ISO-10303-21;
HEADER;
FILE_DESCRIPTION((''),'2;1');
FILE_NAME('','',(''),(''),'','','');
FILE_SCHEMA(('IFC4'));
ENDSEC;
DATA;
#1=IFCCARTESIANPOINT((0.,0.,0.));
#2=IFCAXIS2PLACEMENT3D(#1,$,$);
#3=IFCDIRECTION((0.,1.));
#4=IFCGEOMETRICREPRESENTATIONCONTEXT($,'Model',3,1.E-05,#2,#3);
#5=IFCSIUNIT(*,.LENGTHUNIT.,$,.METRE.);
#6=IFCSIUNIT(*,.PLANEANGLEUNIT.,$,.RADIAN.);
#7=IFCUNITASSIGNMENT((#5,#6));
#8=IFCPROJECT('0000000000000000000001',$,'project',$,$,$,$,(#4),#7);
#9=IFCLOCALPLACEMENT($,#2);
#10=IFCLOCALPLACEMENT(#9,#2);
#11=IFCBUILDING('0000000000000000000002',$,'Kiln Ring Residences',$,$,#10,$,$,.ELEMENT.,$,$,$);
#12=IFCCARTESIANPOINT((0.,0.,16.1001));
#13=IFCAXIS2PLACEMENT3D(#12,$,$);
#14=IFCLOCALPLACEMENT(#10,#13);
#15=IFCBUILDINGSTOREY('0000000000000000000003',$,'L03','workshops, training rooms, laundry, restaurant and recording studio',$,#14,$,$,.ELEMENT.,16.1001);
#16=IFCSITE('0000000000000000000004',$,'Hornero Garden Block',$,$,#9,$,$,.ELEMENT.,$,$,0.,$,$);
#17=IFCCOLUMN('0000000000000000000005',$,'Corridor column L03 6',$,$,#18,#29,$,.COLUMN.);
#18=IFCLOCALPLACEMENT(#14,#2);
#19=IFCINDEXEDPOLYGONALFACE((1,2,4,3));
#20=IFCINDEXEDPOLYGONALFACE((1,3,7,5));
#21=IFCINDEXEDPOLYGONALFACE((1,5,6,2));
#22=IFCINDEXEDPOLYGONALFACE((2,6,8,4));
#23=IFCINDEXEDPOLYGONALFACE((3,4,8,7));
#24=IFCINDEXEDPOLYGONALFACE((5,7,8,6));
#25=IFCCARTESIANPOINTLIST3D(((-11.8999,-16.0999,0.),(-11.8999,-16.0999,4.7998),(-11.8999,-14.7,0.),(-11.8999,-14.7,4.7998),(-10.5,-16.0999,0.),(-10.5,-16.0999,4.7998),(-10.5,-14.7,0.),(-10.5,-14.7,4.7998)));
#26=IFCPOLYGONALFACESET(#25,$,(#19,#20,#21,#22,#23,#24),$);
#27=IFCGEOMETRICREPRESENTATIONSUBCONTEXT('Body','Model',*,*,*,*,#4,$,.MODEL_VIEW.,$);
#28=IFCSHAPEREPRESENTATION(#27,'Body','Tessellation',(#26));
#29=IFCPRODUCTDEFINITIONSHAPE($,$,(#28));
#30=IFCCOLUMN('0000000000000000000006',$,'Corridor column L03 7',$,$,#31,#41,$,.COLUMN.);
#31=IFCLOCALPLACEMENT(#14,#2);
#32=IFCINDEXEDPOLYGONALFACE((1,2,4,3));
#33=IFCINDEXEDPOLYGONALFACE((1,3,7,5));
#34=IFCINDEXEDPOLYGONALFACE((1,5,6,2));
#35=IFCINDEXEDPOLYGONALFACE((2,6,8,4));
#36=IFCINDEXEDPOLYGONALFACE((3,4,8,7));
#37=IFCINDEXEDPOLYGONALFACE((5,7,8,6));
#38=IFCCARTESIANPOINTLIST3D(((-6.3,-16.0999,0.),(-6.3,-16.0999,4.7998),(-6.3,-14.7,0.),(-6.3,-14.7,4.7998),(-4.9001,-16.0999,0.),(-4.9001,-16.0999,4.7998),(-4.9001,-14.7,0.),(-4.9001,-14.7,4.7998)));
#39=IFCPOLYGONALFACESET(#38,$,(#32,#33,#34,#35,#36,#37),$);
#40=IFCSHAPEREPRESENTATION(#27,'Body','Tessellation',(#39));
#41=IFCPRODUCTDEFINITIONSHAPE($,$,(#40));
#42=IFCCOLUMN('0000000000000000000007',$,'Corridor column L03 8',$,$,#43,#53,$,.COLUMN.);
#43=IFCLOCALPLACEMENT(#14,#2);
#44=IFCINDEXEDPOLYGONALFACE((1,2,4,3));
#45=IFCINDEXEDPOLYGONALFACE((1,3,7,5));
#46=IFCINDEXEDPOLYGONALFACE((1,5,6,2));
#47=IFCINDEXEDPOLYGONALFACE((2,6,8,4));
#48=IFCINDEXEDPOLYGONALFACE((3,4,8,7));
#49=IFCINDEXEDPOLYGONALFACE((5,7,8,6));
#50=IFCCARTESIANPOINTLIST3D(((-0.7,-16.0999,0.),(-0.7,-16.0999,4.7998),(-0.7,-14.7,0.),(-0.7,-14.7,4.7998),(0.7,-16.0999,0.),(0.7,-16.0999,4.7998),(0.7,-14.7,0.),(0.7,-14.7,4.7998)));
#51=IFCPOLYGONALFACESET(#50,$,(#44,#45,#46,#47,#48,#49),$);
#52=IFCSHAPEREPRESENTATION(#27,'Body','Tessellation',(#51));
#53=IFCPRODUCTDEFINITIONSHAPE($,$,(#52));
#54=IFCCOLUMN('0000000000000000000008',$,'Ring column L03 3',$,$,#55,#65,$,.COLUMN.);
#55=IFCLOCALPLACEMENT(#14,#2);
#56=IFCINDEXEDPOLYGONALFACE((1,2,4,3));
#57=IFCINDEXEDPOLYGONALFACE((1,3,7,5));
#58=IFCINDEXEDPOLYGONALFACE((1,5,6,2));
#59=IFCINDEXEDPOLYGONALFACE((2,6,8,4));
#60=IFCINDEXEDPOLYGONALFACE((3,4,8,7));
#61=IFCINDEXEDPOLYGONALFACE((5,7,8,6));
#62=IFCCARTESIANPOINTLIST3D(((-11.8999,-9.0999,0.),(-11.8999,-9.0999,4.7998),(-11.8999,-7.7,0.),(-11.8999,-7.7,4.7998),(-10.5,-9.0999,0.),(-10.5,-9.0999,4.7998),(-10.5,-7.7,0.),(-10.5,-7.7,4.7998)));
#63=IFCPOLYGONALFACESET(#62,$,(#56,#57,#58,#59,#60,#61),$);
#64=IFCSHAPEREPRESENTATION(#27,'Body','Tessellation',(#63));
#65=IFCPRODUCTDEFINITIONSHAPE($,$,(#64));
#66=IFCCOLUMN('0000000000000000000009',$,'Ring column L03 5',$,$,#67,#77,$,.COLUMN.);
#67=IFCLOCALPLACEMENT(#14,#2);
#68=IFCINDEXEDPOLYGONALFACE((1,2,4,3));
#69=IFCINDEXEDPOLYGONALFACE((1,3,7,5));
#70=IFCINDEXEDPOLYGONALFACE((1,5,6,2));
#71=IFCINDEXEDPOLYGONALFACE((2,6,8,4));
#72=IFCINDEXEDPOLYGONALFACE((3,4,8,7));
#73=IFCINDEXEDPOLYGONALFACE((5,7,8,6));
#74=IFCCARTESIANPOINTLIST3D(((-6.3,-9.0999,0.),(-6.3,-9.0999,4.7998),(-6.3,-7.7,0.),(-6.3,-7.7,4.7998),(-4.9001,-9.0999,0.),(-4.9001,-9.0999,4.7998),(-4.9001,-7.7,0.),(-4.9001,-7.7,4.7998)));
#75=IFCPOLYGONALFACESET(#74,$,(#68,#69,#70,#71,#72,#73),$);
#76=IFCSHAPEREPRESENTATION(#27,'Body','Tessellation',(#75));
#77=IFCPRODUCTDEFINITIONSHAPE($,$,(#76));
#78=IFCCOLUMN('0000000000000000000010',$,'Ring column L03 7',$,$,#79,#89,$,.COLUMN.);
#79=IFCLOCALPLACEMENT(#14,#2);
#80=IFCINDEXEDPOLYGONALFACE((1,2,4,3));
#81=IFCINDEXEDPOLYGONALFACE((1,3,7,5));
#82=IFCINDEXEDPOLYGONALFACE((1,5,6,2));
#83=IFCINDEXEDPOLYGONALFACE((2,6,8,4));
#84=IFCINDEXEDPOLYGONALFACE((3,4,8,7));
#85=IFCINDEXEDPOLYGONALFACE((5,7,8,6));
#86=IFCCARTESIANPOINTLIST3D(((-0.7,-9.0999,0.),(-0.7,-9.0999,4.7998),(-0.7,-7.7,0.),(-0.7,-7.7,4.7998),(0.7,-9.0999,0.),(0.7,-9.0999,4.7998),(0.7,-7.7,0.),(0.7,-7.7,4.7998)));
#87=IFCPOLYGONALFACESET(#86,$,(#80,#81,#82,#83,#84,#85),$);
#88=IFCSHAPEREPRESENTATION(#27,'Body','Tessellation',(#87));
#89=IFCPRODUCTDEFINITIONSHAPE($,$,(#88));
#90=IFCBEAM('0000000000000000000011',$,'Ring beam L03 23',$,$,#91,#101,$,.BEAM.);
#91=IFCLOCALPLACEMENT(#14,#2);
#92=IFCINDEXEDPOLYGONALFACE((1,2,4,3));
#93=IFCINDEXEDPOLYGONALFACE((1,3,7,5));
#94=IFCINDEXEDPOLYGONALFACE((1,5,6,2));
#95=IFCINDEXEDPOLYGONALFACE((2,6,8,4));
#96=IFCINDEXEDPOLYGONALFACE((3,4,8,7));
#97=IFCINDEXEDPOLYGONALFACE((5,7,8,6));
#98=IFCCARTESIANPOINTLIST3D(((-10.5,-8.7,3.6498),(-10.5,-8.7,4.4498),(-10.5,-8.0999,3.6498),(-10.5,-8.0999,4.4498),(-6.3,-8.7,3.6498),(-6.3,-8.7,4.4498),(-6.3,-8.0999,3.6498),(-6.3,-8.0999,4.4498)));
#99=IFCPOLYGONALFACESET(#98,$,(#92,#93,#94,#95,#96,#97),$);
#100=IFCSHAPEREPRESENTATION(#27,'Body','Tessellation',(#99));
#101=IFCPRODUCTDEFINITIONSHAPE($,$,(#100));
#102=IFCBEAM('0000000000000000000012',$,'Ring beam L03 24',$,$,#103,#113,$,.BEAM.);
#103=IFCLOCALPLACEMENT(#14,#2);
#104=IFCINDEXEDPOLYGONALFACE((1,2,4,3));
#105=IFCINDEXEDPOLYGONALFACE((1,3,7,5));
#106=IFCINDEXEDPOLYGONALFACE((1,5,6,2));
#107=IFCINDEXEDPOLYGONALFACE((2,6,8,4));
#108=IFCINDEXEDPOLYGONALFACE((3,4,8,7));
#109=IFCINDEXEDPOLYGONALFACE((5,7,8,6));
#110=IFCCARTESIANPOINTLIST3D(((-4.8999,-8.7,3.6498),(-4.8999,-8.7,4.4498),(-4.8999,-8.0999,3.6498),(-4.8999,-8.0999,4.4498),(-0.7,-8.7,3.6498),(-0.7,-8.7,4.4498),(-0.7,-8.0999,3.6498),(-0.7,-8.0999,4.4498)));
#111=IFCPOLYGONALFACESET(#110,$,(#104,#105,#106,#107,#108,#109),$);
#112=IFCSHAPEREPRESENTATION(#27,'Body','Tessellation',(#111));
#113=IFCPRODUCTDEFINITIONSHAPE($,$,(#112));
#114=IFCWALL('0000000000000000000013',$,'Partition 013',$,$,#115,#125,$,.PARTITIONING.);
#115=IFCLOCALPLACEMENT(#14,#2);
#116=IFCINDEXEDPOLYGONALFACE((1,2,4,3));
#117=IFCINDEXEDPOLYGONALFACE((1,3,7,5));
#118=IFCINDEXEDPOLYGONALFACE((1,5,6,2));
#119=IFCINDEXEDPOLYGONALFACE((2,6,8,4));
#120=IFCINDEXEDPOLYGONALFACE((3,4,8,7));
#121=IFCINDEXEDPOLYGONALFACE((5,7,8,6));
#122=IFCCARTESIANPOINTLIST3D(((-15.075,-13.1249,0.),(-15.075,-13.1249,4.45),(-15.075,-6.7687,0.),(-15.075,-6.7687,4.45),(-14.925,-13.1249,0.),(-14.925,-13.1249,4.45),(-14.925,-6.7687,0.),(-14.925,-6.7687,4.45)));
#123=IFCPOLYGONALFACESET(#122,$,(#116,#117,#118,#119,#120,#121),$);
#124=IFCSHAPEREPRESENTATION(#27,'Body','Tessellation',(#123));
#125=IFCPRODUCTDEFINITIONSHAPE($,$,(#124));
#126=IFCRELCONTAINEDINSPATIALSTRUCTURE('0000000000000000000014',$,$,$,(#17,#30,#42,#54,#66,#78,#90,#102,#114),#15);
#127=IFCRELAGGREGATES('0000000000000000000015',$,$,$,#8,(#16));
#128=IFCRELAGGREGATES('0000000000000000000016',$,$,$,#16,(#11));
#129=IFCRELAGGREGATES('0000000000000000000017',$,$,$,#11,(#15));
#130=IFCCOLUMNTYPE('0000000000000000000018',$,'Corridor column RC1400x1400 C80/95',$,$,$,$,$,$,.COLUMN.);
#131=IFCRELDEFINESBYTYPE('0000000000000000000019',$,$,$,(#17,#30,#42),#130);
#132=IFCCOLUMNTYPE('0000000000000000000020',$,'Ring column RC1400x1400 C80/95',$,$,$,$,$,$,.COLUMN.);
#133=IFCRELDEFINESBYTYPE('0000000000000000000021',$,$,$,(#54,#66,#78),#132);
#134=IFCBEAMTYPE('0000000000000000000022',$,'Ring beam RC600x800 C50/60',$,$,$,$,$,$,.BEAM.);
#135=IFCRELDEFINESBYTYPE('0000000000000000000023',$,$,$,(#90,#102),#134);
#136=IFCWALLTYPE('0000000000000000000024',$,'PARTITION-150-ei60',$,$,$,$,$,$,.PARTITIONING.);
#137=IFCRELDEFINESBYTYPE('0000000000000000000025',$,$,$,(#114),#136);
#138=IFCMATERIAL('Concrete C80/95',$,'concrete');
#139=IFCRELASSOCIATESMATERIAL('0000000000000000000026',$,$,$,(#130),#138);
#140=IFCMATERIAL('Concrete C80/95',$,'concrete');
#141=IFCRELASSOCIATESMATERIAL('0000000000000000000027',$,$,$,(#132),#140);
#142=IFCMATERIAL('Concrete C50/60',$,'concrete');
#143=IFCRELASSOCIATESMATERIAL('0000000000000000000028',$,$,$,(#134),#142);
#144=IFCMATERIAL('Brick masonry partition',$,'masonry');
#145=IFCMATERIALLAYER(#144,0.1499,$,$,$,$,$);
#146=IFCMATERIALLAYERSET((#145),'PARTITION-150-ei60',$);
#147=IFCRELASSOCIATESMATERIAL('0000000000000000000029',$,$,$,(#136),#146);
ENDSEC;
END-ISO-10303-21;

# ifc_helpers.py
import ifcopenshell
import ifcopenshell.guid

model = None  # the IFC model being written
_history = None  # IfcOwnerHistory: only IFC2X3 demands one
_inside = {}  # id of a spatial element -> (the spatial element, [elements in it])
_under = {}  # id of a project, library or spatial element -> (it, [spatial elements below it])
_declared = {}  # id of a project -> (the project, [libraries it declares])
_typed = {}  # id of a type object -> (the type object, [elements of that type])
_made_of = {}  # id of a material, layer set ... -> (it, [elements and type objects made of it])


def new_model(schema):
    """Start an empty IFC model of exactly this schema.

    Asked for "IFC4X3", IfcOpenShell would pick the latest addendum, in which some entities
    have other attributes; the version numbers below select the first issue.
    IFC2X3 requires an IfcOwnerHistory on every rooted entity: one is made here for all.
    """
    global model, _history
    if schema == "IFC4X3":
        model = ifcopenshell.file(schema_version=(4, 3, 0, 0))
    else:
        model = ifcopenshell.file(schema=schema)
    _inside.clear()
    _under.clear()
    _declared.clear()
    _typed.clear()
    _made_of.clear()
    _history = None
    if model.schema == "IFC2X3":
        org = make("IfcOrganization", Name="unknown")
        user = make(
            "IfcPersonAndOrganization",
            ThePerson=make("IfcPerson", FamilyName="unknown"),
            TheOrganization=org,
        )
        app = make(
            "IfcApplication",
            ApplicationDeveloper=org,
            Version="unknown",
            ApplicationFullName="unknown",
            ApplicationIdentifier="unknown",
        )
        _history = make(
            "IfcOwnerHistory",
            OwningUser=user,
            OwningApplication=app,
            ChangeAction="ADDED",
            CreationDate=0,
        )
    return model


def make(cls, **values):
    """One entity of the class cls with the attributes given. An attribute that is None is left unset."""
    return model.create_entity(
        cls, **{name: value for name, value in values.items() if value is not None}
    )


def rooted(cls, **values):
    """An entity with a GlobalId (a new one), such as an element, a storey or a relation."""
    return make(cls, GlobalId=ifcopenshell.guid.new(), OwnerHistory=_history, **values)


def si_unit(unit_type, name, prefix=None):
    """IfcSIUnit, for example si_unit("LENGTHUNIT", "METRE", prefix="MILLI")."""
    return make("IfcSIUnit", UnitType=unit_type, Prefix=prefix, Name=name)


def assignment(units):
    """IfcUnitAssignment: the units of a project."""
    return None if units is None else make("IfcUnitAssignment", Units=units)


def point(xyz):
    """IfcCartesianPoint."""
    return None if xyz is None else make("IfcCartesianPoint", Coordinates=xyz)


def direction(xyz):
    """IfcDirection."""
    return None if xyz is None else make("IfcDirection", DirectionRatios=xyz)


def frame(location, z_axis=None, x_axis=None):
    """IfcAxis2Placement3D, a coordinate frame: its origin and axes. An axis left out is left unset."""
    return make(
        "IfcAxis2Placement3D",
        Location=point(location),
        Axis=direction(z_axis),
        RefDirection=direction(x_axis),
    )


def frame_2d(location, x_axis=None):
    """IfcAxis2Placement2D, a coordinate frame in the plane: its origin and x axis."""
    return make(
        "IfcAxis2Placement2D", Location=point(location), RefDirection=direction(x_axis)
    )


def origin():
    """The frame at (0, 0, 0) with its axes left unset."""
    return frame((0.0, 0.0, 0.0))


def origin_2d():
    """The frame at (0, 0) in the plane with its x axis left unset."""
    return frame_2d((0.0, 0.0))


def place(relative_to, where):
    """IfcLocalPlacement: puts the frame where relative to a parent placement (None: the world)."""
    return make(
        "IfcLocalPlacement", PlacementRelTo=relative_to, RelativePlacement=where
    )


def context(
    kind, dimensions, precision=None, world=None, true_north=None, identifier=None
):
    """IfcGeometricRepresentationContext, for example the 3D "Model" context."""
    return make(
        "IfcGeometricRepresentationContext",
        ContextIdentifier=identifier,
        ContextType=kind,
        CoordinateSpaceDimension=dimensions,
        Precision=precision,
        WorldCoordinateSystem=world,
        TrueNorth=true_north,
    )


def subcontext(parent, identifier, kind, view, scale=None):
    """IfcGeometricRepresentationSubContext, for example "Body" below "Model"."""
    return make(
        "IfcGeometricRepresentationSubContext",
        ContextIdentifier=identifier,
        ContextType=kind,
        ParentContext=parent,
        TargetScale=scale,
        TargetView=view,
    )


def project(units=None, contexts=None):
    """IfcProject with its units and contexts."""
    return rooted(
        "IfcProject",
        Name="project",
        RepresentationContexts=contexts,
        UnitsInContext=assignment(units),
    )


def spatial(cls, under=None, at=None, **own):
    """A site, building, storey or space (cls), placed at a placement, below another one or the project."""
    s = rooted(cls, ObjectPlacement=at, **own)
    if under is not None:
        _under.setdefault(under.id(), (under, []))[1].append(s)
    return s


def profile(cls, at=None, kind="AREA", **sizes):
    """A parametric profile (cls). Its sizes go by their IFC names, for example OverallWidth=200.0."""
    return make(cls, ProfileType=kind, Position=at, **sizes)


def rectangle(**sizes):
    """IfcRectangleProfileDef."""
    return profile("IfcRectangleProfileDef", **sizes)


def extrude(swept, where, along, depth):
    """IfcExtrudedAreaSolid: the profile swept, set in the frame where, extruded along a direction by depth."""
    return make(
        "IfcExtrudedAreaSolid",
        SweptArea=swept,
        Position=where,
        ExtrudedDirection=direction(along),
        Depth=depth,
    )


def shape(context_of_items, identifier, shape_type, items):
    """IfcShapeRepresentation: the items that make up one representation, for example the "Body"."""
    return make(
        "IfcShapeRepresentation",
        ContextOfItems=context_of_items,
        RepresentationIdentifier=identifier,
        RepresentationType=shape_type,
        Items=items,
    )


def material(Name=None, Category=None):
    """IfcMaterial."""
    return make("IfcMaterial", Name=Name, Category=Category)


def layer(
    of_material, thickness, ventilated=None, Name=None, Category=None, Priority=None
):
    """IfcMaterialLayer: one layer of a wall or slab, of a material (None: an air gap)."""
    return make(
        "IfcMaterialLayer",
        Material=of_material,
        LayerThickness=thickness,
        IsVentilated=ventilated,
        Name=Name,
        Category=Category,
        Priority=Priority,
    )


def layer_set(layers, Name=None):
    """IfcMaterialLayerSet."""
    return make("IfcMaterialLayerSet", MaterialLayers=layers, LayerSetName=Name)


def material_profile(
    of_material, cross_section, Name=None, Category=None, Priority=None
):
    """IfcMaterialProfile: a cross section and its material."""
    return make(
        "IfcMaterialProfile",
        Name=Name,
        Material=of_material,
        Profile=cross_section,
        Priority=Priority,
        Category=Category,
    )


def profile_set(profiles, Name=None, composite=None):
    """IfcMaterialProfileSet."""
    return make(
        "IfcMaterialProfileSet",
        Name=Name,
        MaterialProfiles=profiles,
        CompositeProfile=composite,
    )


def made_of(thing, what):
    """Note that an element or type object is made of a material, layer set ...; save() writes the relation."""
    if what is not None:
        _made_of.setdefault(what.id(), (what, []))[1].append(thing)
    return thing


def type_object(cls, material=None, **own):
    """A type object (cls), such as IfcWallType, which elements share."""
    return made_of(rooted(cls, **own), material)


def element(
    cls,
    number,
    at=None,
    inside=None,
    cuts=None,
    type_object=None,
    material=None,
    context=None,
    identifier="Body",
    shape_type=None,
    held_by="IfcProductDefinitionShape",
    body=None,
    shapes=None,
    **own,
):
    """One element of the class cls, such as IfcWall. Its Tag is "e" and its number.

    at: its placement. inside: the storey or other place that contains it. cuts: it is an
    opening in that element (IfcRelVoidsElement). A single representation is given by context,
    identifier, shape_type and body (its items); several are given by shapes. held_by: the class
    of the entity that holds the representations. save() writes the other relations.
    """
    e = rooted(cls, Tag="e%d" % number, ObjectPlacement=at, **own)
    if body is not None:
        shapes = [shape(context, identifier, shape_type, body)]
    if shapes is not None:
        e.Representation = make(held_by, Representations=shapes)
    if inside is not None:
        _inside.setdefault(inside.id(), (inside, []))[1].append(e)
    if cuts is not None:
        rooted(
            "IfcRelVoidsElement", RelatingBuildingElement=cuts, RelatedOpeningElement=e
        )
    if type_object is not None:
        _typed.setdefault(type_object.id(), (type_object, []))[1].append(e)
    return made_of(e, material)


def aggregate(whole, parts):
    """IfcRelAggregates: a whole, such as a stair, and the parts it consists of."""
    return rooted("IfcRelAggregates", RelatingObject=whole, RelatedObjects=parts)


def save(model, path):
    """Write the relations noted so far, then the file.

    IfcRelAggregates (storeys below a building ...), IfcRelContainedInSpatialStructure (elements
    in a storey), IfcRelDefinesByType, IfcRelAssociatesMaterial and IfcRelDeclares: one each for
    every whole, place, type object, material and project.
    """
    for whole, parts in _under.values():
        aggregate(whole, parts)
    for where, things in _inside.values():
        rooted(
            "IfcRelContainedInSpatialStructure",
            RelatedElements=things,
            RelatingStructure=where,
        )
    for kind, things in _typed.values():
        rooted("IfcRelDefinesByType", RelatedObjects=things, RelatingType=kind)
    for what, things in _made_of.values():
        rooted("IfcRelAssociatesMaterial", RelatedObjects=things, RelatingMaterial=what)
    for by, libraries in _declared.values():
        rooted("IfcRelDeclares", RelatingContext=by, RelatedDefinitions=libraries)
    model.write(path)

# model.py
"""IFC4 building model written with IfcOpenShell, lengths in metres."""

from ifc_helpers import new_model, si_unit, direction, frame, frame_2d, origin, origin_2d, place, context, subcontext, project, spatial, rectangle, extrude, material, layer, layer_set, material_profile, profile_set, type_object, element, save


model = new_model("IFC4")

# Units and contexts
model_context = context("Model", 3, precision=1e-05, world=origin(), true_north=direction((0.0, 1.0)))
body_context = subcontext(model_context, "Body", "Model", "MODEL_VIEW")
ifc_project = project(units=[si_unit("LENGTHUNIT", "METRE"), si_unit("PLANEANGLEUNIT", "RADIAN")], contexts=[model_context])

# Site, building, storey
site_placement = place(None, origin())
site = spatial("IfcSite", under=ifc_project, at=site_placement, Name="Hornero Garden Block", CompositionType="ELEMENT", RefElevation=0.0)
building_placement = place(site_placement, origin())
building = spatial("IfcBuilding", under=site, at=building_placement, Name="Kiln Ring Residences", CompositionType="ELEMENT")
storey_placement = place(building_placement, frame((0.0, 0.0, 16.1001)))
storey = spatial("IfcBuildingStorey", under=building, at=storey_placement, Name="L03", Description="workshops, training rooms, laundry, restaurant and recording studio", CompositionType="ELEMENT", Elevation=16.1001)

# Columns
ifc_material_1 = material(Name="Concrete C80/95", Category="concrete")
ifc_material_profile_1 = material_profile(ifc_material_1, rectangle(XDim=1.3999, YDim=1.3999, at=origin_2d()), Name="RC1400x1400")
ifc_profile_set_1 = profile_set([ifc_material_profile_1], Name="Concrete C80/95")
column_type_1 = type_object("IfcColumnType", Name="Corridor column RC1400x1400 C80/95", PredefinedType="COLUMN", material=ifc_profile_set_1)
for number, where, z_axis, x_axis, name in (
    (1, (-11.2, -15.3999, 0.0), (0.0, 0.0, 1.0), (1.0, 0.0, 0.0), "Corridor column L03 6"),
    (2, (-5.6001, -15.3999, 0.0), (0.0, 0.0, 1.0), (1.0, 0.0, 0.0), "Corridor column L03 7"),
    (3, (0.0, -15.3999, 0.0), (0.0, 0.0, 1.0), (1.0, 0.0, 0.0), "Corridor column L03 8"),
):
    element("IfcColumn", number, at=place(storey_placement, frame(where, z_axis=z_axis, x_axis=x_axis)), inside=storey, type_object=column_type_1, Name=name, PredefinedType="COLUMN", context=body_context, shape_type="SweptSolid", body=[
        extrude(rectangle(XDim=1.3999, YDim=1.3999, at=origin_2d()), origin(), (0.0, 0.0, 1.0), 4.7998),
    ])
ifc_material_2 = material(Name="Concrete C80/95", Category="concrete")
ifc_material_profile_2 = material_profile(ifc_material_2, rectangle(XDim=1.3999, YDim=1.3999, at=origin_2d()), Name="RC1400x1400")
ifc_profile_set_2 = profile_set([ifc_material_profile_2], Name="Concrete C80/95")
column_type_2 = type_object("IfcColumnType", Name="Ring column RC1400x1400 C80/95", PredefinedType="COLUMN", material=ifc_profile_set_2)
for number, where, z_axis, x_axis, name in (
    (4, (-11.2, -8.3999, 0.0), (0.0, 0.0, 1.0), (1.0, 0.0, 0.0), "Ring column L03 3"),
    (5, (-5.6001, -8.3999, 0.0), (0.0, 0.0, 1.0), (1.0, 0.0, 0.0), "Ring column L03 5"),
    (6, (0.0, -8.3999, 0.0), (0.0, 0.0, 1.0), (1.0, 0.0, 0.0), "Ring column L03 7"),
):
    element("IfcColumn", number, at=place(storey_placement, frame(where, z_axis=z_axis, x_axis=x_axis)), inside=storey, type_object=column_type_2, Name=name, PredefinedType="COLUMN", context=body_context, shape_type="SweptSolid", body=[
        extrude(rectangle(XDim=1.3999, YDim=1.3999, at=origin_2d()), origin(), (0.0, 0.0, 1.0), 4.7998),
    ])

# Beams
ifc_material_3 = material(Name="Concrete C50/60", Category="concrete")
ifc_material_profile_3 = material_profile(ifc_material_3, rectangle(XDim=0.6001, YDim=0.8, at=origin_2d()), Name="RC600x800")
ifc_profile_set_3 = profile_set([ifc_material_profile_3], Name="Concrete C50/60")
beam_type = type_object("IfcBeamType", Name="Ring beam RC600x800 C50/60", PredefinedType="BEAM", material=ifc_profile_set_3)
for number, where, z_axis, x_axis, name in (
    (7, (-10.5, -8.3999, 4.0498), (1.0, 0.0, 0.0), (0.0, 1.0, 0.0), "Ring beam L03 23"),
    (8, (-4.8999, -8.3999, 4.0498), (1.0, 0.0, 0.0), (0.0, 1.0, 0.0), "Ring beam L03 24"),
):
    element("IfcBeam", number, at=place(storey_placement, frame(where, z_axis=z_axis, x_axis=x_axis)), inside=storey, type_object=beam_type, Name=name, PredefinedType="BEAM", context=body_context, shape_type="SweptSolid", body=[
        extrude(rectangle(XDim=0.6001, YDim=0.8, at=origin_2d()), origin(), (0.0, 0.0, 1.0), 4.2),
    ])

# Wall
ifc_material_4 = material(Name="Brick masonry partition", Category="masonry")
ifc_layer = layer(ifc_material_4, 0.1499)
ifc_layer_set = layer_set([ifc_layer], Name="PARTITION-150-ei60")
wall_type = type_object("IfcWallType", Name="PARTITION-150-ei60", PredefinedType="PARTITIONING", material=ifc_layer_set)
wall_placement = place(storey_placement, frame((-15.0, -13.125, 0.0), z_axis=(0.0, 0.0, 1.0), x_axis=(0.0, 1.0, 0.0)))
element("IfcWall", 9, at=wall_placement, inside=storey, type_object=wall_type, Name="Partition 013", PredefinedType="PARTITIONING", context=body_context, shape_type="SweptSolid", body=[
    extrude(rectangle(XDim=6.3562, YDim=0.1499, at=frame_2d((3.1782, 0.0))), origin(), (0.0, 0.0, 1.0), 4.45),
])

save(model, "model.ifc")
